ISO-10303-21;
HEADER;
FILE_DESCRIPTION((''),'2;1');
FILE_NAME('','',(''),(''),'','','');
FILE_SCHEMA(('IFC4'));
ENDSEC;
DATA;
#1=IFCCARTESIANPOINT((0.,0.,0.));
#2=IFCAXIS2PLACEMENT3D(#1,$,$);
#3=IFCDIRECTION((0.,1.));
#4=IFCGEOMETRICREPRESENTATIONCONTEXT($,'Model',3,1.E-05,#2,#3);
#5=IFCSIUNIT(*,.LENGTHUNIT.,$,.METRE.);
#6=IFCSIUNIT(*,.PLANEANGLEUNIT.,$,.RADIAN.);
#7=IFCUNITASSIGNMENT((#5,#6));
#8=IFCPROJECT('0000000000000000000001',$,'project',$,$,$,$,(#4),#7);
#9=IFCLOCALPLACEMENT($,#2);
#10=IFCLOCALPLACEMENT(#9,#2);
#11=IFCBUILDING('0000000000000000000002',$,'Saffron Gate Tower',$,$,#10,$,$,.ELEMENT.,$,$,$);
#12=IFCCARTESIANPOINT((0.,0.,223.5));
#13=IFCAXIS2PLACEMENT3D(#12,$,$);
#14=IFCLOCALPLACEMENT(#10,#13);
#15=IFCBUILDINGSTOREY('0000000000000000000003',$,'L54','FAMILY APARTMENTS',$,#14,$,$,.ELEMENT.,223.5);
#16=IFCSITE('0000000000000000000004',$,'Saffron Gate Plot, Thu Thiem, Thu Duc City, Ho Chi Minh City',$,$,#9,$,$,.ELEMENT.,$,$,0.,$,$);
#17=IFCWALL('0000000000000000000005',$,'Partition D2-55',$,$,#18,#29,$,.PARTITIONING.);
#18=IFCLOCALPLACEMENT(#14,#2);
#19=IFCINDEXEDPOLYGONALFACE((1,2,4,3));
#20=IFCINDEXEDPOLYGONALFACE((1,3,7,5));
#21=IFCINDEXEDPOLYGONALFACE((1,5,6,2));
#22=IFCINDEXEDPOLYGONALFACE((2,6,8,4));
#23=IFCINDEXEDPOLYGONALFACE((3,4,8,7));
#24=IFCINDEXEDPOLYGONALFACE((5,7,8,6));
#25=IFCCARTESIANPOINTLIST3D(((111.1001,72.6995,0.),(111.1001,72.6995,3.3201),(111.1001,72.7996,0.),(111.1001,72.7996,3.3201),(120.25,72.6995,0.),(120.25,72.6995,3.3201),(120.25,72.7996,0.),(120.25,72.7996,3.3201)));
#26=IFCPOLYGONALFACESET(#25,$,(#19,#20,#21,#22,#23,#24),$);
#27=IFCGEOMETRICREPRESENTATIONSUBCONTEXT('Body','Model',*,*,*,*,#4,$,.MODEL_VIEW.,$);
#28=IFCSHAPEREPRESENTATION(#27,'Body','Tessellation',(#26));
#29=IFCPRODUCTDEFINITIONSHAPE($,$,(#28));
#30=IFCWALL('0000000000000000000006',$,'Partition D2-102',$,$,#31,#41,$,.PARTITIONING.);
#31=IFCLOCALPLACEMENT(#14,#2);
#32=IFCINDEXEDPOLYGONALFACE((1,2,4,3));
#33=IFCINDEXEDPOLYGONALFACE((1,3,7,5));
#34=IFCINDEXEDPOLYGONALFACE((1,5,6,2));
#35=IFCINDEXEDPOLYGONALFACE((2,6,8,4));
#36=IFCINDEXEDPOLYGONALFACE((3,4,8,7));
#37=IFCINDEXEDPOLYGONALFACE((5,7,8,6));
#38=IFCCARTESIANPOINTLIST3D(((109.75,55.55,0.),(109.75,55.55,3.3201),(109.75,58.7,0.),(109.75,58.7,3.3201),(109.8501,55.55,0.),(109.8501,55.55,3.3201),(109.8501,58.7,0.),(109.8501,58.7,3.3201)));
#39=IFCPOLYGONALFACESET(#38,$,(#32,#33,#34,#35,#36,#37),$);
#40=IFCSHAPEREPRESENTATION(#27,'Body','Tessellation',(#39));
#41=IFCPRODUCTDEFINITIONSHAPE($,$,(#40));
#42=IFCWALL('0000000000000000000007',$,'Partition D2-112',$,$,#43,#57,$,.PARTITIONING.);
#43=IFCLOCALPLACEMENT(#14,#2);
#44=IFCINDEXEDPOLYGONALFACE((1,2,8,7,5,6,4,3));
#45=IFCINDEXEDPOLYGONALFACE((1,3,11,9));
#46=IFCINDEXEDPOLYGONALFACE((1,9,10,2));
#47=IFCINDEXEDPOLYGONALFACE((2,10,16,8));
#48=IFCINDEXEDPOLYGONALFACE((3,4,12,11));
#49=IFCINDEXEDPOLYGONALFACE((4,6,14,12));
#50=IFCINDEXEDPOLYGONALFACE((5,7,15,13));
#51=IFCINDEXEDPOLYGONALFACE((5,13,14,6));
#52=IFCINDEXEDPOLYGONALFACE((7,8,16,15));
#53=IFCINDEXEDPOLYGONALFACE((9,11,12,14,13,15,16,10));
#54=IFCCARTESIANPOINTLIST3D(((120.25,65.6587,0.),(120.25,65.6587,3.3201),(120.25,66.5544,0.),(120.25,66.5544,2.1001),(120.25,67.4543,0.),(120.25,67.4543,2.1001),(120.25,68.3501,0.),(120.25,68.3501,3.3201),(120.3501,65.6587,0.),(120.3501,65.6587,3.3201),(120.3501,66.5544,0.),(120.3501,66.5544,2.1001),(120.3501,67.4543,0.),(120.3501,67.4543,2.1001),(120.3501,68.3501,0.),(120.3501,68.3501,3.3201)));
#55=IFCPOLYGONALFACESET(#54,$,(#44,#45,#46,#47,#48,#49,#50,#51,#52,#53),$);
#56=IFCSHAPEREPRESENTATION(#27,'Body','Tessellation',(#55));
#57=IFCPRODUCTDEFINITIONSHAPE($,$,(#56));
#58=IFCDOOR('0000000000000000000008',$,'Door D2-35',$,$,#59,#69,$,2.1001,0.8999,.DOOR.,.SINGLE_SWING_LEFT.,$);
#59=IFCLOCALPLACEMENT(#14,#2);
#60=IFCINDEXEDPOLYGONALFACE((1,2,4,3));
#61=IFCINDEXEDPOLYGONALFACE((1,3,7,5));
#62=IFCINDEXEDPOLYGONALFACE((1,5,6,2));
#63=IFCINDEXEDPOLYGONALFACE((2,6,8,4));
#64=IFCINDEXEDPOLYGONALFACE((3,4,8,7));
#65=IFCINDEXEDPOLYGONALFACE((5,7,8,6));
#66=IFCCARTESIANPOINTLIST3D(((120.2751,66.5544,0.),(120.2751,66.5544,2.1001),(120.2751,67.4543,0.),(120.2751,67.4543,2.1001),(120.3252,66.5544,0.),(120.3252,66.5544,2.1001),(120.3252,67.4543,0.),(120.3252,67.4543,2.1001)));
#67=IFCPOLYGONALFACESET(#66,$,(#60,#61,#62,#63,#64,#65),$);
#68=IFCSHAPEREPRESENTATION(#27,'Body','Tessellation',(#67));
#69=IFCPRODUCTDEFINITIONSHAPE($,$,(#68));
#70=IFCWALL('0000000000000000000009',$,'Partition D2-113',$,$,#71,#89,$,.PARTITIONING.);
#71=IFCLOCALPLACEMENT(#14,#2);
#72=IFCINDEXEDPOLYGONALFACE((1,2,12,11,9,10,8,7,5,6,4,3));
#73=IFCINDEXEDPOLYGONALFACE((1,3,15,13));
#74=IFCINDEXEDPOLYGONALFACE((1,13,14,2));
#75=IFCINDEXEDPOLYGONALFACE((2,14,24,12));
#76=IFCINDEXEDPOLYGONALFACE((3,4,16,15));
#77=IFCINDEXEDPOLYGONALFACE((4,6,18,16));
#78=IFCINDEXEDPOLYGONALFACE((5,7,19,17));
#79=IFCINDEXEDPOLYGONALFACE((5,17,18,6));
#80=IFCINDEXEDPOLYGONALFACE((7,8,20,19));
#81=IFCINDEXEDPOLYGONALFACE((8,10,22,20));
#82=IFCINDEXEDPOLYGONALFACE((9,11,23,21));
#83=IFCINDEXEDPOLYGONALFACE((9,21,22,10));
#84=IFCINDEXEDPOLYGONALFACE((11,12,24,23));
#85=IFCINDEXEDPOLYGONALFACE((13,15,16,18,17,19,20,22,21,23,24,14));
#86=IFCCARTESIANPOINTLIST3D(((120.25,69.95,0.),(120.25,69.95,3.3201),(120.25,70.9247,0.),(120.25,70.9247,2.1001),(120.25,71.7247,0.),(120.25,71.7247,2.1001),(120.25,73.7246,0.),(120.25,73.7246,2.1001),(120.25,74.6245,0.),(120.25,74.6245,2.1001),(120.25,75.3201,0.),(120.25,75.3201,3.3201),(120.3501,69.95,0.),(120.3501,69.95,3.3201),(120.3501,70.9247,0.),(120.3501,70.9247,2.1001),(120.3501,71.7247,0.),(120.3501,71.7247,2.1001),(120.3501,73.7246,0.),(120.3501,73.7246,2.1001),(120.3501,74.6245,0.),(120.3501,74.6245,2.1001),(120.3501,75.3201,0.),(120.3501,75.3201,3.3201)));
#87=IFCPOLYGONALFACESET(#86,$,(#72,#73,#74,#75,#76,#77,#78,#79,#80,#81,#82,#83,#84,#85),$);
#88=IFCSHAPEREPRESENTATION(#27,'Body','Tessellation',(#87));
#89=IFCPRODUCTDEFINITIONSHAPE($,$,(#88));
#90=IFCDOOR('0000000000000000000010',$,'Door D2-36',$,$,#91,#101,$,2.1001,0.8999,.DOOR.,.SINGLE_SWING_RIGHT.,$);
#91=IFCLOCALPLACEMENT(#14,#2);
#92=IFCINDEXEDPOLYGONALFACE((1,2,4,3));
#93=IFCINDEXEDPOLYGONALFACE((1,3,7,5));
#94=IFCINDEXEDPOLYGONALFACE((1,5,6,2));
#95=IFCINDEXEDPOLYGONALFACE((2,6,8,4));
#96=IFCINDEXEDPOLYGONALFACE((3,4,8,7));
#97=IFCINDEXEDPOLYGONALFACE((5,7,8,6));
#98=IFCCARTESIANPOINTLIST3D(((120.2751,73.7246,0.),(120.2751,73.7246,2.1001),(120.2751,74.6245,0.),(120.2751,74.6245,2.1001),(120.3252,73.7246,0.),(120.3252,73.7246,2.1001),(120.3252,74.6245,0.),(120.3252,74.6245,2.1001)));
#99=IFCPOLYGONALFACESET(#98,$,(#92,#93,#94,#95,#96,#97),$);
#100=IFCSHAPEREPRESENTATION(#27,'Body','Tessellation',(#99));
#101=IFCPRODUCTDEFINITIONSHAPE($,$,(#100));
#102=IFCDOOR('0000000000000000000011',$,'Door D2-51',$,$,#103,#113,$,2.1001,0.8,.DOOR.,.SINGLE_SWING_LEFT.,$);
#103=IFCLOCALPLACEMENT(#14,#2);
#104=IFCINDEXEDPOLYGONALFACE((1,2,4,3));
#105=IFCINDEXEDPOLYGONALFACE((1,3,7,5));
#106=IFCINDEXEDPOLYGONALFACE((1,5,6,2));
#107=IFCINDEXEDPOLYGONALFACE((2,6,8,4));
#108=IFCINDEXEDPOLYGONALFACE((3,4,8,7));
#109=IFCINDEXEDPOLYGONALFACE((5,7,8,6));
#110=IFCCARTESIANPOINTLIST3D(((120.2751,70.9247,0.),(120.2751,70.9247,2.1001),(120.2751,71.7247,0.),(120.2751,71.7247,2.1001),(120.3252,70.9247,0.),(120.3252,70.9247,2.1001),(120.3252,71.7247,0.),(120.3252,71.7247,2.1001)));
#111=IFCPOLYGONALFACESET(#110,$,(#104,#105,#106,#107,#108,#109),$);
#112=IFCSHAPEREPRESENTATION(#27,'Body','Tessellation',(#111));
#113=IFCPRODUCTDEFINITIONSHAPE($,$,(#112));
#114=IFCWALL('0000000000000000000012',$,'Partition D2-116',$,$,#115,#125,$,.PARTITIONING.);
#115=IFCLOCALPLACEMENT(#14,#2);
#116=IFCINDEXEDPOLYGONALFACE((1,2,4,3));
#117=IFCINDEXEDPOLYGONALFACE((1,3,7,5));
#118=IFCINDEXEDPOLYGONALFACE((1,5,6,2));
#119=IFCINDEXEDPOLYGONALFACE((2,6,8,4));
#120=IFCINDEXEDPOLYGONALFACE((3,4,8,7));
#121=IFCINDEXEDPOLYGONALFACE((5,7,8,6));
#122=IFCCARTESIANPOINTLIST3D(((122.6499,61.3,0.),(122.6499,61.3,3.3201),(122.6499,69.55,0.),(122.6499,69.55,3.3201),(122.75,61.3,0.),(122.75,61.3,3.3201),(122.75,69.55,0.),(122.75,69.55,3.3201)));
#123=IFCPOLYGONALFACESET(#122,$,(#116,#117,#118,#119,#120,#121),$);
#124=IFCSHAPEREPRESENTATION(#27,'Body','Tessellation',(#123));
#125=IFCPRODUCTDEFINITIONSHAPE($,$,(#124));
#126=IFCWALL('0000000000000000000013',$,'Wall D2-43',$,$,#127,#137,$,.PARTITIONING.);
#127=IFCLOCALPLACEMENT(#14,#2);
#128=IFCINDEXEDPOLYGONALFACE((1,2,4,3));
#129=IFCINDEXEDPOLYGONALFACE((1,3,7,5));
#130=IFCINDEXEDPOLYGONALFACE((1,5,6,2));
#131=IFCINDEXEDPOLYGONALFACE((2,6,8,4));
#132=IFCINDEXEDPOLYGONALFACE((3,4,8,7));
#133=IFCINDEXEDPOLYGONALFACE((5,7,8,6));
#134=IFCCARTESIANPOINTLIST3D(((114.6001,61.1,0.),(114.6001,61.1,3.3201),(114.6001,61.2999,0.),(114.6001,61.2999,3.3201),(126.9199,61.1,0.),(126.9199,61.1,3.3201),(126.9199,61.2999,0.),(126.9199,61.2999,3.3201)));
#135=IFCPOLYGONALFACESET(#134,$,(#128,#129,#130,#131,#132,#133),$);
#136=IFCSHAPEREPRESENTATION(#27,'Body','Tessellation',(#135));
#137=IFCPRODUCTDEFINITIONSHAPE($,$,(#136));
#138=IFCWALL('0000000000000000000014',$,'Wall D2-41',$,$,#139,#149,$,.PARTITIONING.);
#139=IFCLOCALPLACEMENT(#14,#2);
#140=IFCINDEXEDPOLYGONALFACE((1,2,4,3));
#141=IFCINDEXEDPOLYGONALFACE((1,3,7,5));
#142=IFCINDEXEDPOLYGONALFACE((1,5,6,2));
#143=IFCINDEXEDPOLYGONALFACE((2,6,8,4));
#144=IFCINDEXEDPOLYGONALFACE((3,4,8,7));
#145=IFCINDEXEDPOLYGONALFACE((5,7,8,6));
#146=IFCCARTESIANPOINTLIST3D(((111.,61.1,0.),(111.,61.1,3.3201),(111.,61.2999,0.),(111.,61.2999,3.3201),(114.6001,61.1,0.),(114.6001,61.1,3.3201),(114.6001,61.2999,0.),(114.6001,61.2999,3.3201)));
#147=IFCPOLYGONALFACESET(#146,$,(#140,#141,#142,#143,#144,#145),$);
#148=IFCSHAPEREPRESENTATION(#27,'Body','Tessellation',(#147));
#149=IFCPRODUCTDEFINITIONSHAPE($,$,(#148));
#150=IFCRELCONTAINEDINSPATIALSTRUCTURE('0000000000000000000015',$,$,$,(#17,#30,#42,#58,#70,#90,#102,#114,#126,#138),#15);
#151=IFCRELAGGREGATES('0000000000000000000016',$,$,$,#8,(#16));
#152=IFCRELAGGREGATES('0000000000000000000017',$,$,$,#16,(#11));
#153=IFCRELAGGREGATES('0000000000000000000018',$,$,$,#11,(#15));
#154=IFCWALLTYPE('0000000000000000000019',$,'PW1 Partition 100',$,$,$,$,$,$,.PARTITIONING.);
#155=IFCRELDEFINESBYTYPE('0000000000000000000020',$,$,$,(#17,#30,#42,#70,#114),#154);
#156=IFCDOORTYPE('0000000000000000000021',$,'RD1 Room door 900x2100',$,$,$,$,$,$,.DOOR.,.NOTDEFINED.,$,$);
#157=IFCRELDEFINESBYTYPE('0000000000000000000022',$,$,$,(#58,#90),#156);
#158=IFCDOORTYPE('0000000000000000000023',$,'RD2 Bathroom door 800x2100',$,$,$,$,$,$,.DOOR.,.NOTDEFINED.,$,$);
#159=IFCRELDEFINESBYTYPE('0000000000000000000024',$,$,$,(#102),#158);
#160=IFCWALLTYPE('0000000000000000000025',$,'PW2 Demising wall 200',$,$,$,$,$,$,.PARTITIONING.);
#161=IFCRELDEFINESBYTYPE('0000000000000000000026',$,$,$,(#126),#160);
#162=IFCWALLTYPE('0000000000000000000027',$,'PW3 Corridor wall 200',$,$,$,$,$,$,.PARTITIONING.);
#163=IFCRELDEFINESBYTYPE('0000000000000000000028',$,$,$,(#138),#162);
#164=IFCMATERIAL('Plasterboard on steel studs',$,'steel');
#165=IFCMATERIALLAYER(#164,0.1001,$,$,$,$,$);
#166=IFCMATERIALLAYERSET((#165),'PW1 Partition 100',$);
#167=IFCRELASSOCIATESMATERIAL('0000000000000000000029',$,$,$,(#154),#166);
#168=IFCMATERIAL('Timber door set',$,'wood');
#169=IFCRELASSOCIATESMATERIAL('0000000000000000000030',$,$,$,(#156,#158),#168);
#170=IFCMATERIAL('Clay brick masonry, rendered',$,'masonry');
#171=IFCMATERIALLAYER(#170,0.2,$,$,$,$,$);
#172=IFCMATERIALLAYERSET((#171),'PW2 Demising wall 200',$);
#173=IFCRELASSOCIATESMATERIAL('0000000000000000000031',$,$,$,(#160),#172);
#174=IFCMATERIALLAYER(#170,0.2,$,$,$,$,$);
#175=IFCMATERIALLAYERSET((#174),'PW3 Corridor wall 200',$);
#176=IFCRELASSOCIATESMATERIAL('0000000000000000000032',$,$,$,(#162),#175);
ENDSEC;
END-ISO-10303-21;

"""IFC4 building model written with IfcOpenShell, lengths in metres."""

from ifc_helpers import new_model, si_unit, direction, frame, frame_2d, origin, place, context, subcontext, project, spatial, rectangle, extrude, material, layer, layer_set, type_object, element, fill, save


model = new_model("IFC4")

# Units and contexts
model_context = context("Model", 3, precision=1e-05, world=origin(), true_north=direction((0.0, 1.0)))
body_context = subcontext(model_context, "Body", "Model", "MODEL_VIEW")
ifc_project = project(units=[si_unit("LENGTHUNIT", "METRE"), si_unit("PLANEANGLEUNIT", "RADIAN")], contexts=[model_context])

# Site, building, storey
site_placement = place(None, origin())
site = spatial("IfcSite", under=ifc_project, at=site_placement, Name="Saffron Gate Plot, Thu Thiem, Thu Duc City, Ho Chi Minh City", CompositionType="ELEMENT", RefElevation=0.0)
building_placement = place(site_placement, origin())
building = spatial("IfcBuilding", under=site, at=building_placement, Name="Saffron Gate Tower", CompositionType="ELEMENT")
storey_placement = place(building_placement, frame((0.0, 0.0, 223.5)))
storey = spatial("IfcBuildingStorey", under=building, at=storey_placement, Name="L54", Description="FAMILY APARTMENTS", CompositionType="ELEMENT", Elevation=223.5)

# Walls
ifc_material_1 = material(Name="Plasterboard on steel studs", Category="steel")
ifc_layer_1 = layer(ifc_material_1, 0.1001)
ifc_layer_set_1 = layer_set([ifc_layer_1], Name="PW1 Partition 100")
wall_type_1 = type_object("IfcWallType", Name="PW1 Partition 100", PredefinedType="PARTITIONING", material=ifc_layer_set_1)
wall_1_placement = place(storey_placement, frame((111.1001, 72.7495, 0.0), z_axis=(0.0, 0.0, 1.0), x_axis=(1.0, 0.0, 0.0)))
element("IfcWall", 1, at=wall_1_placement, inside=storey, type_object=wall_type_1, Name="Partition D2-55", PredefinedType="PARTITIONING", context=body_context, shape_type="SweptSolid", body=[
    extrude(rectangle(XDim=9.1499, YDim=0.1001, at=frame_2d((4.575, 0.0))), origin(), (0.0, 0.0, 1.0), 3.3201),
])
wall_2_placement = place(storey_placement, frame((109.8, 58.7, 0.0), z_axis=(0.0, 0.0, 1.0), x_axis=(0.0, -1.0, 0.0)))
element("IfcWall", 2, at=wall_2_placement, inside=storey, type_object=wall_type_1, Name="Partition D2-102", PredefinedType="PARTITIONING", context=body_context, shape_type="SweptSolid", body=[
    extrude(rectangle(XDim=3.1499, YDim=0.1001, at=frame_2d((1.575, 0.0))), origin(), (0.0, 0.0, 1.0), 3.3201),
])

# Wall, opening, door
wall_3_placement = place(storey_placement, frame((120.3, 65.6587, 0.0), z_axis=(0.0, 0.0, 1.0), x_axis=(0.0, 1.0, 0.0)))
wall_3 = element("IfcWall", 3, at=wall_3_placement, inside=storey, type_object=wall_type_1, Name="Partition D2-112", PredefinedType="PARTITIONING", context=body_context, shape_type="SweptSolid", body=[
    extrude(rectangle(XDim=2.6914, YDim=0.1001, at=frame_2d((1.3457, 0.0))), origin(), (0.0, 0.0, 1.0), 3.3201),
])
opening_1_placement = place(wall_3_placement, frame((0.8958, 0.0, 0.0)))
opening_1 = element("IfcOpeningElement", 4, at=opening_1_placement, cuts=wall_3, PredefinedType="OPENING", context=body_context, shape_type="SweptSolid", body=[
    extrude(rectangle(XDim=0.8999, YDim=2.1001, at=frame_2d((0.45, 1.05))), frame((0.0, 0.0601, 0.0), z_axis=(0.0, -1.0, 0.0), x_axis=(1.0, 0.0, 0.0)), (0.0, 0.0, 1.0), 0.1201),
])
ifc_material_2 = material(Name="Timber door set", Category="wood")
door_type_1 = type_object("IfcDoorType", Name="RD1 Room door 900x2100", OperationType="NOTDEFINED", PredefinedType="DOOR", material=ifc_material_2)
door_1_placement = place(opening_1_placement, origin())
door_1 = element("IfcDoor", 5, at=door_1_placement, inside=storey, type_object=door_type_1, Name="Door D2-35", OperationType="SINGLE_SWING_LEFT", OverallHeight=2.1001, OverallWidth=0.8999, PredefinedType="DOOR", context=body_context, shape_type="SweptSolid", body=[
    extrude(rectangle(XDim=0.8999, YDim=2.1001, at=frame_2d((0.45, 1.05))), frame((0.0, 0.0249, 0.0), z_axis=(0.0, -1.0, 0.0), x_axis=(1.0, 0.0, 0.0)), (0.0, 0.0, 1.0), 0.05),
])
fill(opening_1, door_1)

# Wall, openings, doors
wall_4_placement = place(storey_placement, frame((120.3, 69.95, 0.0), z_axis=(0.0, 0.0, 1.0), x_axis=(0.0, 1.0, 0.0)))
wall_4 = element("IfcWall", 6, at=wall_4_placement, inside=storey, type_object=wall_type_1, Name="Partition D2-113", PredefinedType="PARTITIONING", context=body_context, shape_type="SweptSolid", body=[
    extrude(rectangle(XDim=5.3701, YDim=0.1001, at=frame_2d((2.6851, 0.0))), origin(), (0.0, 0.0, 1.0), 3.3201),
])
opening_2_placement = place(wall_4_placement, frame((0.9749, 0.0, 0.0)))
opening_2 = element("IfcOpeningElement", 7, at=opening_2_placement, cuts=wall_4, PredefinedType="OPENING", context=body_context, shape_type="SweptSolid", body=[
    extrude(rectangle(XDim=0.8, YDim=2.1001, at=frame_2d((0.3999, 1.05))), frame((0.0, 0.0601, 0.0), z_axis=(0.0, -1.0, 0.0), x_axis=(1.0, 0.0, 0.0)), (0.0, 0.0, 1.0), 0.1201),
])
opening_3_placement = place(wall_4_placement, frame((3.7747, 0.0, 0.0)))
opening_3 = element("IfcOpeningElement", 8, at=opening_3_placement, cuts=wall_4, PredefinedType="OPENING", context=body_context, shape_type="SweptSolid", body=[
    extrude(rectangle(XDim=0.8999, YDim=2.1001, at=frame_2d((0.45, 1.05))), frame((0.0, 0.0601, 0.0), z_axis=(0.0, -1.0, 0.0), x_axis=(1.0, 0.0, 0.0)), (0.0, 0.0, 1.0), 0.1201),
])
door_2_placement = place(opening_3_placement, origin())
door_2 = element("IfcDoor", 9, at=door_2_placement, inside=storey, type_object=door_type_1, Name="Door D2-36", OperationType="SINGLE_SWING_RIGHT", OverallHeight=2.1001, OverallWidth=0.8999, PredefinedType="DOOR", context=body_context, shape_type="SweptSolid", body=[
    extrude(rectangle(XDim=0.8999, YDim=2.1001, at=frame_2d((0.45, 1.05))), frame((0.0, 0.0249, 0.0), z_axis=(0.0, -1.0, 0.0), x_axis=(1.0, 0.0, 0.0)), (0.0, 0.0, 1.0), 0.05),
])
fill(opening_3, door_2)
door_type_2 = type_object("IfcDoorType", Name="RD2 Bathroom door 800x2100", OperationType="NOTDEFINED", PredefinedType="DOOR", material=ifc_material_2)
door_3_placement = place(opening_2_placement, origin())
door_3 = element("IfcDoor", 10, at=door_3_placement, inside=storey, type_object=door_type_2, Name="Door D2-51", OperationType="SINGLE_SWING_LEFT", OverallHeight=2.1001, OverallWidth=0.8, PredefinedType="DOOR", context=body_context, shape_type="SweptSolid", body=[
    extrude(rectangle(XDim=0.8, YDim=2.1001, at=frame_2d((0.3999, 1.05))), frame((0.0, 0.0249, 0.0), z_axis=(0.0, -1.0, 0.0), x_axis=(1.0, 0.0, 0.0)), (0.0, 0.0, 1.0), 0.05),
])
fill(opening_2, door_3)

# Walls
wall_5_placement = place(storey_placement, frame((122.7, 69.55, 0.0), z_axis=(0.0, 0.0, 1.0), x_axis=(0.0, -1.0, 0.0)))
element("IfcWall", 11, at=wall_5_placement, inside=storey, type_object=wall_type_1, Name="Partition D2-116", PredefinedType="PARTITIONING", context=body_context, shape_type="SweptSolid", body=[
    extrude(rectangle(XDim=8.25, YDim=0.1001, at=frame_2d((4.125, 0.0))), origin(), (0.0, 0.0, 1.0), 3.3201),
])
ifc_material_3 = material(Name="Clay brick masonry, rendered", Category="masonry")
ifc_layer_2 = layer(ifc_material_3, 0.2)
ifc_layer_set_2 = layer_set([ifc_layer_2], Name="PW2 Demising wall 200")
wall_type_2 = type_object("IfcWallType", Name="PW2 Demising wall 200", PredefinedType="PARTITIONING", material=ifc_layer_set_2)
wall_6_placement = place(storey_placement, frame((114.6001, 61.2, 0.0), z_axis=(0.0, 0.0, 1.0), x_axis=(1.0, 0.0, 0.0)))
element("IfcWall", 12, at=wall_6_placement, inside=storey, type_object=wall_type_2, Name="Wall D2-43", PredefinedType="PARTITIONING", context=body_context, shape_type="SweptSolid", body=[
    extrude(rectangle(XDim=12.3198, YDim=0.2, at=frame_2d((6.1599, 0.0))), origin(), (0.0, 0.0, 1.0), 3.3201),
])
ifc_layer_3 = layer(ifc_material_3, 0.2)
ifc_layer_set_3 = layer_set([ifc_layer_3], Name="PW3 Corridor wall 200")
wall_type_3 = type_object("IfcWallType", Name="PW3 Corridor wall 200", PredefinedType="PARTITIONING", material=ifc_layer_set_3)
wall_7_placement = place(storey_placement, frame((111.0, 61.2, 0.0), z_axis=(0.0, 0.0, 1.0), x_axis=(1.0, 0.0, 0.0)))
element("IfcWall", 13, at=wall_7_placement, inside=storey, type_object=wall_type_3, Name="Wall D2-41", PredefinedType="PARTITIONING", context=body_context, shape_type="SweptSolid", body=[
    extrude(rectangle(XDim=3.6001, YDim=0.2, at=frame_2d((1.8, 0.0))), origin(), (0.0, 0.0, 1.0), 3.3201),
])

save(model, "model.ifc")
